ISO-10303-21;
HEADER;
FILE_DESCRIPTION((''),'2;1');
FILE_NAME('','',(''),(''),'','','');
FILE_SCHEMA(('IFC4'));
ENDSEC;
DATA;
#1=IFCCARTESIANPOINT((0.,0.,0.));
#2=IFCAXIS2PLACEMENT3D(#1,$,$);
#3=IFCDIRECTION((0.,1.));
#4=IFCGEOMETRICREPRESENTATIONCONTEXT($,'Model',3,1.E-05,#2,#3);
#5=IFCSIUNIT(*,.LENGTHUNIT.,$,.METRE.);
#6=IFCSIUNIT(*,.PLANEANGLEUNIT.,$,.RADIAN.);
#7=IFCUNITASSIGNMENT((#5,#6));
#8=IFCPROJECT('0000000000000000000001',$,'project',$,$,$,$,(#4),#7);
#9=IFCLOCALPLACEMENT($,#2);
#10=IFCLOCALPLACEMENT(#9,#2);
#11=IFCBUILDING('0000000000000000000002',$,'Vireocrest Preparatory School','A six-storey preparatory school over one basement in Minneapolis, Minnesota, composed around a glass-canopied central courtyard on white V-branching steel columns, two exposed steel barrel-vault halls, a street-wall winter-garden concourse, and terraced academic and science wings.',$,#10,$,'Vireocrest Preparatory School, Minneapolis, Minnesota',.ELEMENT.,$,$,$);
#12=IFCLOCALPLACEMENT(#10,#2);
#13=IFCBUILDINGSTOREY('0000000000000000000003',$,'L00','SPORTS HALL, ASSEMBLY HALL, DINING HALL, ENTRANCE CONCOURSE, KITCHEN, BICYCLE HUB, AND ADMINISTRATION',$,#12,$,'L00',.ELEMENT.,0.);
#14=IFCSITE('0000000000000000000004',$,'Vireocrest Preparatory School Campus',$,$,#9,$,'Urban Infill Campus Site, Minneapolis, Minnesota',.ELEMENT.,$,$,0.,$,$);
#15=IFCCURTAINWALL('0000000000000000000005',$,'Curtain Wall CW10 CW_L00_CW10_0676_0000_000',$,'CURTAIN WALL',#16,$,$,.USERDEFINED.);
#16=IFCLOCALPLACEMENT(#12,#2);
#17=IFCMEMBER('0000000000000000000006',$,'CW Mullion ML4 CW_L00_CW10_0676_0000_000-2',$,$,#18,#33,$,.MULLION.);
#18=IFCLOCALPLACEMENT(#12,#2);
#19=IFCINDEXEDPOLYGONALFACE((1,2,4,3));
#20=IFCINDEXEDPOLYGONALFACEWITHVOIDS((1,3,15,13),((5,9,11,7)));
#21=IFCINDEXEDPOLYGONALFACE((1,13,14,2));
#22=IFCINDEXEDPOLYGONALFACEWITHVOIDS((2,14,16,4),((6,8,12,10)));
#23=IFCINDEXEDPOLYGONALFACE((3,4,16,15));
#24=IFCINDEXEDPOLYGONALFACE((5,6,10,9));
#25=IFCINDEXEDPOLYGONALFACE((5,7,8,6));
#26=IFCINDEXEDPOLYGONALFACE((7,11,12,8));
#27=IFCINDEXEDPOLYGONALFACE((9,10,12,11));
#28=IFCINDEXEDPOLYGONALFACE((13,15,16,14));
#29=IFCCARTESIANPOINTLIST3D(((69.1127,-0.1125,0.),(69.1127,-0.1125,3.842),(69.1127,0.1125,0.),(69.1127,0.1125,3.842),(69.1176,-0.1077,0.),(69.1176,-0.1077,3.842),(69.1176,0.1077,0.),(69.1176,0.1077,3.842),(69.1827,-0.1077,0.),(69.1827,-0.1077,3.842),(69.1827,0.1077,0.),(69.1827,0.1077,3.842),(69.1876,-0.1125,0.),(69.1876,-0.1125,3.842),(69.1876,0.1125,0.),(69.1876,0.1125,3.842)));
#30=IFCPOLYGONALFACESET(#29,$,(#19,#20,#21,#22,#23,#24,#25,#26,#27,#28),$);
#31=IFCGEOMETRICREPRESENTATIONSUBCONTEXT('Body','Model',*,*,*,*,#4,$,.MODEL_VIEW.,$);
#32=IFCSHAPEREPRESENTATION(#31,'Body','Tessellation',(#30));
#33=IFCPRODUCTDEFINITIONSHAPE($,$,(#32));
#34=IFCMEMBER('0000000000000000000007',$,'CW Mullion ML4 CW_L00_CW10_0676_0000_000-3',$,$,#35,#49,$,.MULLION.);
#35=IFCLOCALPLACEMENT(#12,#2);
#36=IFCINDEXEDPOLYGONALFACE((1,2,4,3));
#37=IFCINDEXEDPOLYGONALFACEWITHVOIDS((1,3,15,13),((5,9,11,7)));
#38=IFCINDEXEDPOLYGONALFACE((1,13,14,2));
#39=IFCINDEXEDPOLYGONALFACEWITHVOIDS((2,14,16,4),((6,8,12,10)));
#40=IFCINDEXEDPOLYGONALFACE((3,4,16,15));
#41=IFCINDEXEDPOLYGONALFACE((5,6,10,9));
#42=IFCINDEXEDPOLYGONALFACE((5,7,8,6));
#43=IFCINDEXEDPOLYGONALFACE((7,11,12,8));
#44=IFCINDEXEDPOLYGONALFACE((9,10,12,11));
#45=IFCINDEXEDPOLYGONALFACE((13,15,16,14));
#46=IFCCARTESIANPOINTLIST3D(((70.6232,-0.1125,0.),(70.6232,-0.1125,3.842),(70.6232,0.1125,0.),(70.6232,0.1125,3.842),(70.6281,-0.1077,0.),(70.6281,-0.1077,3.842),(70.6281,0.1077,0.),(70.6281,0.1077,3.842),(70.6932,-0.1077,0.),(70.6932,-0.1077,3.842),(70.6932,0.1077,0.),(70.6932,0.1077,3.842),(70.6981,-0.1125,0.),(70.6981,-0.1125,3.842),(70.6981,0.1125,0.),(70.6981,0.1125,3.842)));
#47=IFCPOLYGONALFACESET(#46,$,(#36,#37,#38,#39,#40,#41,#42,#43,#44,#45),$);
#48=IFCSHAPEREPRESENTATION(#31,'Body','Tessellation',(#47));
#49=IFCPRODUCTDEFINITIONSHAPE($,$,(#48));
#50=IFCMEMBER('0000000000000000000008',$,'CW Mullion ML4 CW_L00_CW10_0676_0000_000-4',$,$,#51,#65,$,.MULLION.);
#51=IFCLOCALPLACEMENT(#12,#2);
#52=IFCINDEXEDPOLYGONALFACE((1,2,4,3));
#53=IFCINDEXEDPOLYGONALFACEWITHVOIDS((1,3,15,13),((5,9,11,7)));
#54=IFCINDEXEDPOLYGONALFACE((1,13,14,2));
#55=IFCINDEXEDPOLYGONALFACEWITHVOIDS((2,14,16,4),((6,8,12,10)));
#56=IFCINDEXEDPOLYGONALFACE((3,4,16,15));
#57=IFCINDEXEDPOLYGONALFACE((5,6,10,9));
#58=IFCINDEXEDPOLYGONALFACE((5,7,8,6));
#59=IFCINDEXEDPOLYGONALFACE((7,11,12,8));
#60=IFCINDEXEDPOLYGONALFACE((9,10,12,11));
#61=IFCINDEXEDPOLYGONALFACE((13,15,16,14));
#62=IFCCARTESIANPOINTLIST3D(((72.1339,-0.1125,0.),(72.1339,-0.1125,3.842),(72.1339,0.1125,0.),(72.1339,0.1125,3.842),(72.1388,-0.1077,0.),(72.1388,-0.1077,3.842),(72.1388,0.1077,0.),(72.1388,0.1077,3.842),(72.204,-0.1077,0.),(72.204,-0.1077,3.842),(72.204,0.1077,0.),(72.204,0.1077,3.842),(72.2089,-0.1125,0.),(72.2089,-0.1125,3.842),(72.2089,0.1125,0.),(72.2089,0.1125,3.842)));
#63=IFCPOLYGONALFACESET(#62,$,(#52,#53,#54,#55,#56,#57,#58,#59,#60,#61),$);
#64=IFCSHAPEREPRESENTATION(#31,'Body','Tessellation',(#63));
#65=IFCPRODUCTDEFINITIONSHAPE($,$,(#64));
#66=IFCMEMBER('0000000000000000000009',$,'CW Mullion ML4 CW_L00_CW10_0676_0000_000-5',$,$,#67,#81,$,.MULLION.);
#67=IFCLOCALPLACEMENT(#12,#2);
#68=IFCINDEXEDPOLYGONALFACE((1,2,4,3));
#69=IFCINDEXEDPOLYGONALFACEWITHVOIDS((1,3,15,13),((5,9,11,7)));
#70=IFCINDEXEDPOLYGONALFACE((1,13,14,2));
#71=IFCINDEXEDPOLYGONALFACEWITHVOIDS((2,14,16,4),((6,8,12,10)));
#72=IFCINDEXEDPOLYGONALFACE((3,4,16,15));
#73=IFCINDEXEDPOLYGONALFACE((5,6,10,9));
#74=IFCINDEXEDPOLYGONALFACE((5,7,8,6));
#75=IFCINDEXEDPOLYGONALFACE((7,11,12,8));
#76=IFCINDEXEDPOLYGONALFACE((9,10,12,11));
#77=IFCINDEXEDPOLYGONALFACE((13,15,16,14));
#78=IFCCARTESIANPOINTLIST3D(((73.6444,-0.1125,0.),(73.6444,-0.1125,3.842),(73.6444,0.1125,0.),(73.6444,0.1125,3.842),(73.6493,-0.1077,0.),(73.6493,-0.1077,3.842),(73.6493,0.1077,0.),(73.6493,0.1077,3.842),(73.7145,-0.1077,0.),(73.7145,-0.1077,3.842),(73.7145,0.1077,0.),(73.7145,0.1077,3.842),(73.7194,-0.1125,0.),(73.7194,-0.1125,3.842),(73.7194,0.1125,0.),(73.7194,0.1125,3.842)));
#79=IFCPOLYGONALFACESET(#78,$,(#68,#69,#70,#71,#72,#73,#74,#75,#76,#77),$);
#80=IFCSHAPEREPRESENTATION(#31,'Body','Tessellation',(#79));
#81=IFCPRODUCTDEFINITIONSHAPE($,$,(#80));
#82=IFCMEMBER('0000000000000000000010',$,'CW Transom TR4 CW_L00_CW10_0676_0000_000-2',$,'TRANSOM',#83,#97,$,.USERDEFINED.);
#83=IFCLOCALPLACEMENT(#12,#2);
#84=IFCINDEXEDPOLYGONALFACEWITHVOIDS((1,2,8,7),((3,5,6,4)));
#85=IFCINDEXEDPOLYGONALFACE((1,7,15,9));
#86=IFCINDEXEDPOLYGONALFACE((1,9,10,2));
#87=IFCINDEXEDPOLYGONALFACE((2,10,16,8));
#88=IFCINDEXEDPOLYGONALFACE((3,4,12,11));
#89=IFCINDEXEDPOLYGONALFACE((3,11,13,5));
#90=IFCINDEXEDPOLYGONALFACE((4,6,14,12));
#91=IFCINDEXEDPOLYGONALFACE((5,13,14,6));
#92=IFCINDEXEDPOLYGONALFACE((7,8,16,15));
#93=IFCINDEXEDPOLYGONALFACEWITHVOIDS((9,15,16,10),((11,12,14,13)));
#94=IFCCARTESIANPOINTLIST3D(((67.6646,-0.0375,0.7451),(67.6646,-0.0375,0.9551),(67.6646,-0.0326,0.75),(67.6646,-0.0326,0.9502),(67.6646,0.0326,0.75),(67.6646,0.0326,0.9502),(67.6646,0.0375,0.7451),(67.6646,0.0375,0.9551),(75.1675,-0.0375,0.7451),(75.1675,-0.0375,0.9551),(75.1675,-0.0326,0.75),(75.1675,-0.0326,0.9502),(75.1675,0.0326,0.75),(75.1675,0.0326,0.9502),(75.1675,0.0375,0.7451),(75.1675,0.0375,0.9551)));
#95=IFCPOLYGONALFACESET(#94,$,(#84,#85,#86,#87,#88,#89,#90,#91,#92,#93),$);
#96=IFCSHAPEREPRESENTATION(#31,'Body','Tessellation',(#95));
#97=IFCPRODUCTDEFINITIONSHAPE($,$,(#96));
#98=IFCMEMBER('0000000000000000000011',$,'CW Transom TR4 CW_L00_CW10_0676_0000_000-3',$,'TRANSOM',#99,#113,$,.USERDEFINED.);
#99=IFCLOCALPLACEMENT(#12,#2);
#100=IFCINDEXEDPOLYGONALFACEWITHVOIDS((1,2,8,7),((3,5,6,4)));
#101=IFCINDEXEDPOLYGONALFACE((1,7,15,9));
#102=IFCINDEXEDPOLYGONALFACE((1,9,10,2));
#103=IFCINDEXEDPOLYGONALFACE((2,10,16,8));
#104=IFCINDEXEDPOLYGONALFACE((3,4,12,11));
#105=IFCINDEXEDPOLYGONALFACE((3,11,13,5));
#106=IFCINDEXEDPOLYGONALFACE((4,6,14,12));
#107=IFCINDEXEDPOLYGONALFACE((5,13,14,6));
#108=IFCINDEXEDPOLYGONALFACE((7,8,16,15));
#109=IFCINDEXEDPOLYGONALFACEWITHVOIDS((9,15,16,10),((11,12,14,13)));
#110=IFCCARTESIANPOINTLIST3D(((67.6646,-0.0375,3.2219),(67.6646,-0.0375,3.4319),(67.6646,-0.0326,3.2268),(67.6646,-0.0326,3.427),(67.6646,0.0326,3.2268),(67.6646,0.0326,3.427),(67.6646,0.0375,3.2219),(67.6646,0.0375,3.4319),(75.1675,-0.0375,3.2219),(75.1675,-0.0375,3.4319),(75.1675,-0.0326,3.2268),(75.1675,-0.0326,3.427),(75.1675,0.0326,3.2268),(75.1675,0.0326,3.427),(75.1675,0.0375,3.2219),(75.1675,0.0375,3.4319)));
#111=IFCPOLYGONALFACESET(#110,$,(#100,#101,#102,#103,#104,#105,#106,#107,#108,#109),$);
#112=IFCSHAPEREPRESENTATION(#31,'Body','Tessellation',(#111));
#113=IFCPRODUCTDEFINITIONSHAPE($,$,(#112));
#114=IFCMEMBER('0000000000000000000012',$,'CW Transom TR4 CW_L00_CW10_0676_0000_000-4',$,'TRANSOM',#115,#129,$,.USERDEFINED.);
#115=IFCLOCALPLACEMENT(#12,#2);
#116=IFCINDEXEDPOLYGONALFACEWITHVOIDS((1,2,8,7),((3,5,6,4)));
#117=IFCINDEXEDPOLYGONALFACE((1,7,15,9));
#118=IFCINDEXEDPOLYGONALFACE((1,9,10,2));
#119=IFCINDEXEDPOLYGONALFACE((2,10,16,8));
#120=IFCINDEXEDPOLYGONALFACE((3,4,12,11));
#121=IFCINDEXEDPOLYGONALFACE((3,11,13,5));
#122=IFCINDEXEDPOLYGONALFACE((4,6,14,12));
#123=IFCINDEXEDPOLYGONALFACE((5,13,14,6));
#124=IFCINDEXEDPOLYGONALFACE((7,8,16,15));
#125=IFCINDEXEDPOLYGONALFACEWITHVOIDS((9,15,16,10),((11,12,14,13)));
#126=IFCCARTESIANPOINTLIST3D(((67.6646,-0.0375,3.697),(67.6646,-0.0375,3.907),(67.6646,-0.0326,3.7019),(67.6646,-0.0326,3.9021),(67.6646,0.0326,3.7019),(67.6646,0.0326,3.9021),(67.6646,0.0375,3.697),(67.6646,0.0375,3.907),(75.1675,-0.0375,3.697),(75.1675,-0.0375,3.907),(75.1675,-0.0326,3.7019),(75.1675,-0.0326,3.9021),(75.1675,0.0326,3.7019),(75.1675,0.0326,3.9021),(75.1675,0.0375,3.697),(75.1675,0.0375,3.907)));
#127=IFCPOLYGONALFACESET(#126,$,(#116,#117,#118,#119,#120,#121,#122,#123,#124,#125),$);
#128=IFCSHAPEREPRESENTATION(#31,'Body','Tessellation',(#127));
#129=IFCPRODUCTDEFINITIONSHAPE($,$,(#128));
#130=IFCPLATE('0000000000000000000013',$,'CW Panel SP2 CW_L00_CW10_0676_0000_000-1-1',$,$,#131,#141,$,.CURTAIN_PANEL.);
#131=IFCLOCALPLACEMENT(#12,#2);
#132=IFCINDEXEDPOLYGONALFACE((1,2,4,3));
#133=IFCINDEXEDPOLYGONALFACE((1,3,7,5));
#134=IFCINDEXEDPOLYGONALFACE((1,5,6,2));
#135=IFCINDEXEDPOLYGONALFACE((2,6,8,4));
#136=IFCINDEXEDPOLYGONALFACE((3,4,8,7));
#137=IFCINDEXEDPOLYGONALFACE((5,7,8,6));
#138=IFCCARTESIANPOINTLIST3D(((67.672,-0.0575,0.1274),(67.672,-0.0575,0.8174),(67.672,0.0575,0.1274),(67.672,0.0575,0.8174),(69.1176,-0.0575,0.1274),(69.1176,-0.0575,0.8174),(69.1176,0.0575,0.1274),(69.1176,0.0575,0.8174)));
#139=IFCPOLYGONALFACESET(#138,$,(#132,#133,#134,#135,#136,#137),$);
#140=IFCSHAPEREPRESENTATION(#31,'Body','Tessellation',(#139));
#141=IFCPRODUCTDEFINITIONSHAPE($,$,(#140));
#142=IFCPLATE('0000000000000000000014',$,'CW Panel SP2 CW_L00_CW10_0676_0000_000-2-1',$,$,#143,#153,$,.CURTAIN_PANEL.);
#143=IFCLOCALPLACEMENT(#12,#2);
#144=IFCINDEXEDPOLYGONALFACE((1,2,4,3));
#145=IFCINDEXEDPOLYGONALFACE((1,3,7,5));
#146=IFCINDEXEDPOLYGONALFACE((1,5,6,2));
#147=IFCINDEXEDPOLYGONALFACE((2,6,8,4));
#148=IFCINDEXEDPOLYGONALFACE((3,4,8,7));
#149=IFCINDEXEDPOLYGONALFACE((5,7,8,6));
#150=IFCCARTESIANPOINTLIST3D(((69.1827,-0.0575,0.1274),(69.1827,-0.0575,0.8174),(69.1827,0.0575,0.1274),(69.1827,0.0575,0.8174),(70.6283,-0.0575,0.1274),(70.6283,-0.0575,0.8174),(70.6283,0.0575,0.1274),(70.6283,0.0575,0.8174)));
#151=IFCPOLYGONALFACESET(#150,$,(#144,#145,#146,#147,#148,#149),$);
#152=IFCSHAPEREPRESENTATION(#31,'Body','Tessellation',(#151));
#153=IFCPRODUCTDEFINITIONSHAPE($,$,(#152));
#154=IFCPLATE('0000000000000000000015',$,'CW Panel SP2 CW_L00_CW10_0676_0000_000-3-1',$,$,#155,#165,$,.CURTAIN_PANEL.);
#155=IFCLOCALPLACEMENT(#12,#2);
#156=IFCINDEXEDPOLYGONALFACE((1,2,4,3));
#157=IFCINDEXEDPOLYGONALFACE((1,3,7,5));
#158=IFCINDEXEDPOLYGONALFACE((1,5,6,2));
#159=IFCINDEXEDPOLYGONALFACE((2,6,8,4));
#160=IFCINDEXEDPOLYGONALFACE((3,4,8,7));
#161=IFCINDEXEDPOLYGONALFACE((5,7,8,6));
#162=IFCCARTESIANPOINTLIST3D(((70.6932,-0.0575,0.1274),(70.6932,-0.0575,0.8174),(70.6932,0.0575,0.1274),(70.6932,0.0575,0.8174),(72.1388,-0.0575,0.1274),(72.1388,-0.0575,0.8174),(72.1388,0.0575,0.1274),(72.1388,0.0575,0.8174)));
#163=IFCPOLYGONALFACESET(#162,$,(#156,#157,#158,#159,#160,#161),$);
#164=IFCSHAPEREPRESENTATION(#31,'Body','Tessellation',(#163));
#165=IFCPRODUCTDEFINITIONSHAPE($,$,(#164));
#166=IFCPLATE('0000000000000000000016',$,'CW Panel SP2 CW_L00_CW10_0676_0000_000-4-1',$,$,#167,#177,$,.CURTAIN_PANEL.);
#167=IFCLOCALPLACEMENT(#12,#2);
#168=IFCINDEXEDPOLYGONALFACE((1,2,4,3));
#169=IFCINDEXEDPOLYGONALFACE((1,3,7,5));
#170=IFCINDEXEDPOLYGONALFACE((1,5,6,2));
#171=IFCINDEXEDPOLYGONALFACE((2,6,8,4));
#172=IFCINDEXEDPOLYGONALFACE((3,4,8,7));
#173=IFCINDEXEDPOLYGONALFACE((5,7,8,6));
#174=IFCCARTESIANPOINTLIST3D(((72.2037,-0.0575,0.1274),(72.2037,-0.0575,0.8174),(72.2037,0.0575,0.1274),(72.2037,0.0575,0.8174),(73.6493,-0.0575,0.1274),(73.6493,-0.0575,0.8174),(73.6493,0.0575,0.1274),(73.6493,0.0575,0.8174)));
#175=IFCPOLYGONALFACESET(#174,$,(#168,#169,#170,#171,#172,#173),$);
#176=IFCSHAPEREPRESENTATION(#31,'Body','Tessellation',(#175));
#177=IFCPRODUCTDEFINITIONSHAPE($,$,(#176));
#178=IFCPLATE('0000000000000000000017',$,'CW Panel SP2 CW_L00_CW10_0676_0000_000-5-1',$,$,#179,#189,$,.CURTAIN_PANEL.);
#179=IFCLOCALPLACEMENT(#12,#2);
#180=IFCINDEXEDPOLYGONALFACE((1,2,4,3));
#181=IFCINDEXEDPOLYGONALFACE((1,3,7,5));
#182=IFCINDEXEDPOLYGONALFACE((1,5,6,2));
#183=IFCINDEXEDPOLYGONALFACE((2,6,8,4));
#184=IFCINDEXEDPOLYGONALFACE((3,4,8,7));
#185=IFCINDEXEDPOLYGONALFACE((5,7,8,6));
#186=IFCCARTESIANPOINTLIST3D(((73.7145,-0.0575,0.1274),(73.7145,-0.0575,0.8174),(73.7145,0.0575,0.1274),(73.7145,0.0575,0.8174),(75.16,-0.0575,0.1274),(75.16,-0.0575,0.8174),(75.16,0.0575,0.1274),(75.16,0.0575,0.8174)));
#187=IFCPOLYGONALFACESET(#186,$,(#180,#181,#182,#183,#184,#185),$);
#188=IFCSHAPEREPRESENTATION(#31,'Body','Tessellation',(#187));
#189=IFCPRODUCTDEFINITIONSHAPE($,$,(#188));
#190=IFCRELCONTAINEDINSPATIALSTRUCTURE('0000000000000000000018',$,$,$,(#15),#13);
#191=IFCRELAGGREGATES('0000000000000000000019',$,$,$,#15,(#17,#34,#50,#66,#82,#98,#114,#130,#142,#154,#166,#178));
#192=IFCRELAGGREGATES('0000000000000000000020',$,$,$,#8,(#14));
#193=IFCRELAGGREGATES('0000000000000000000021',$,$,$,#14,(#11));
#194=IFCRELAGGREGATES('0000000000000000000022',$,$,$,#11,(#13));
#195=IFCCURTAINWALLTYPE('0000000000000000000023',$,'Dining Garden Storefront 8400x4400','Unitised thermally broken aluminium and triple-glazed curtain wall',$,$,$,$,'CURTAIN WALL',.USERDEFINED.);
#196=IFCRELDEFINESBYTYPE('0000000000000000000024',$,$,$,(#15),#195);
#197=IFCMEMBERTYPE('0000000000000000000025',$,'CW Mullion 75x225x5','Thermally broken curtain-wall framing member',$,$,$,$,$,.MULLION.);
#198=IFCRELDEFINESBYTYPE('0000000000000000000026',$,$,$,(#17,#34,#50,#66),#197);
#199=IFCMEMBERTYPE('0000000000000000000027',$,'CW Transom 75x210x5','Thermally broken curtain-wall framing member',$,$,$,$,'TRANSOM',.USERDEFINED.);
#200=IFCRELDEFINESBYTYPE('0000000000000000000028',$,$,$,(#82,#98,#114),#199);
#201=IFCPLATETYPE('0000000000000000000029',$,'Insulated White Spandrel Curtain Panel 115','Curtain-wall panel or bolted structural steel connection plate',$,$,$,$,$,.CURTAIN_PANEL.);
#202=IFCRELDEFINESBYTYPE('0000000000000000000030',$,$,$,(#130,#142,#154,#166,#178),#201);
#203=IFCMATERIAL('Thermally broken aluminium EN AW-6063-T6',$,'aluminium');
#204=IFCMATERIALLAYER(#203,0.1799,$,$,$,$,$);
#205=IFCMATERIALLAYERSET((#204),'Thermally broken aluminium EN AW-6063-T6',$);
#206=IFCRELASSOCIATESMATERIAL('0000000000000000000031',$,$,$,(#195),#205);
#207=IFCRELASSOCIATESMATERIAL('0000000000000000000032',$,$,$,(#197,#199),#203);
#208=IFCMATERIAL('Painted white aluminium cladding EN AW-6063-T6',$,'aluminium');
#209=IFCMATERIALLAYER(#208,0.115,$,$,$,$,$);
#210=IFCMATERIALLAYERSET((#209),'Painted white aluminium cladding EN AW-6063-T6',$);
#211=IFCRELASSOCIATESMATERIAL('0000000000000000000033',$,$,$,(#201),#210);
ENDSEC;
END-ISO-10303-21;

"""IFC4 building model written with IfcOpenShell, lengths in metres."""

from ifc_helpers import new_model, si_unit, direction, frame, origin, origin_2d, place, context, subcontext, project, spatial, rectangle, hollow_rectangle, extrude, material, layer, layer_set, material_profile, profile_set, type_object, element, aggregate, save


model = new_model("IFC4")

# Units and contexts
model_context = context("Model", 3, precision=1e-05, world=origin(), true_north=direction((0.0, 1.0)))
body_context = subcontext(model_context, "Body", "Model", "MODEL_VIEW")
ifc_project = project(units=[si_unit("LENGTHUNIT", "METRE"), si_unit("PLANEANGLEUNIT", "RADIAN")], contexts=[model_context])

# Site, building, storey
site_placement = place(None, origin())
site = spatial("IfcSite", under=ifc_project, at=site_placement, Name="Vireocrest Preparatory School Campus", LongName="Urban Infill Campus Site, Minneapolis, Minnesota", CompositionType="ELEMENT", RefElevation=0.0)
building_placement = place(site_placement, origin())
building = spatial("IfcBuilding", under=site, at=building_placement, Name="Vireocrest Preparatory School", Description="A six-storey preparatory school over one basement in Minneapolis, Minnesota, composed around a glass-canopied central courtyard on white V-branching steel columns, two exposed steel barrel-vault halls, a street-wall winter-garden concourse, and terraced academic and science wings.", LongName="Vireocrest Preparatory School, Minneapolis, Minnesota", CompositionType="ELEMENT")
storey_placement = place(building_placement, origin())
storey = spatial("IfcBuildingStorey", under=building, at=storey_placement, Name="L00", Description="SPORTS HALL, ASSEMBLY HALL, DINING HALL, ENTRANCE CONCOURSE, KITCHEN, BICYCLE HUB, AND ADMINISTRATION", LongName="L00", CompositionType="ELEMENT", Elevation=0.0)

# Curtain wall, members, plates
ifc_material_1 = material(Name="Thermally broken aluminium EN AW-6063-T6", Category="aluminium")
ifc_layer_1 = layer(ifc_material_1, 0.1799)
ifc_layer_set_1 = layer_set([ifc_layer_1], Name="Thermally broken aluminium EN AW-6063-T6")
curtain_wall_type = type_object("IfcCurtainWallType", Name="Dining Garden Storefront 8400x4400", Description="Unitised thermally broken aluminium and triple-glazed curtain wall", ElementType="CURTAIN WALL", PredefinedType="USERDEFINED", material=ifc_layer_set_1)
curtain_wall_placement = place(storey_placement, origin())
curtain_wall = element("IfcCurtainWall", 1, at=curtain_wall_placement, inside=storey, type_object=curtain_wall_type, Name="Curtain Wall CW10 CW_L00_CW10_0676_0000_000", ObjectType="CURTAIN WALL", PredefinedType="USERDEFINED")
ifc_material_profile_1 = material_profile(ifc_material_1, hollow_rectangle(XDim=0.075, YDim=0.2251, WallThickness=0.0049, at=origin_2d()), Name="ALU 75x225x5")
ifc_profile_set_1 = profile_set([ifc_material_profile_1], Name="Thermally broken aluminium EN AW-6063-T6")
member_type_1 = type_object("IfcMemberType", Name="CW Mullion 75x225x5", Description="Thermally broken curtain-wall framing member", PredefinedType="MULLION", material=ifc_profile_set_1)
member_1_placement = place(storey_placement, frame((69.1501, 0.0, 0.0), z_axis=(0.0, 0.0, 1.0), x_axis=(1.0, 0.0, 0.0)))
member_1 = element("IfcMember", 2, at=member_1_placement, type_object=member_type_1, Name="CW Mullion ML4 CW_L00_CW10_0676_0000_000-2", PredefinedType="MULLION", context=body_context, shape_type="SweptSolid", body=[
    extrude(hollow_rectangle(XDim=0.075, YDim=0.2251, WallThickness=0.0049, at=origin_2d()), origin(), (0.0, 0.0, 1.0), 3.842),
])
member_2_placement = place(storey_placement, frame((70.6606, 0.0, 0.0), z_axis=(0.0, 0.0, 1.0), x_axis=(1.0, 0.0, 0.0)))
member_2 = element("IfcMember", 3, at=member_2_placement, type_object=member_type_1, Name="CW Mullion ML4 CW_L00_CW10_0676_0000_000-3", PredefinedType="MULLION", context=body_context, shape_type="SweptSolid", body=[
    extrude(hollow_rectangle(XDim=0.075, YDim=0.2251, WallThickness=0.0049, at=origin_2d()), origin(), (0.0, 0.0, 1.0), 3.842),
])
member_3_placement = place(storey_placement, frame((72.1714, 0.0, 0.0), z_axis=(0.0, 0.0, 1.0), x_axis=(1.0, 0.0, 0.0)))
member_3 = element("IfcMember", 4, at=member_3_placement, type_object=member_type_1, Name="CW Mullion ML4 CW_L00_CW10_0676_0000_000-4", PredefinedType="MULLION", context=body_context, shape_type="SweptSolid", body=[
    extrude(hollow_rectangle(XDim=0.075, YDim=0.2251, WallThickness=0.0049, at=origin_2d()), origin(), (0.0, 0.0, 1.0), 3.842),
])
member_4_placement = place(storey_placement, frame((73.6819, 0.0, 0.0), z_axis=(0.0, 0.0, 1.0), x_axis=(1.0, 0.0, 0.0)))
member_4 = element("IfcMember", 5, at=member_4_placement, type_object=member_type_1, Name="CW Mullion ML4 CW_L00_CW10_0676_0000_000-5", PredefinedType="MULLION", context=body_context, shape_type="SweptSolid", body=[
    extrude(hollow_rectangle(XDim=0.075, YDim=0.2251, WallThickness=0.0049, at=origin_2d()), origin(), (0.0, 0.0, 1.0), 3.842),
])
ifc_material_profile_2 = material_profile(ifc_material_1, hollow_rectangle(XDim=0.075, YDim=0.21, WallThickness=0.0049, at=origin_2d()), Name="ALU 75x210x5")
ifc_profile_set_2 = profile_set([ifc_material_profile_2], Name="Thermally broken aluminium EN AW-6063-T6")
member_type_2 = type_object("IfcMemberType", Name="CW Transom 75x210x5", Description="Thermally broken curtain-wall framing member", ElementType="TRANSOM", PredefinedType="USERDEFINED", material=ifc_profile_set_2)
member_5_placement = place(storey_placement, frame((67.6646, 0.0, 0.8501), z_axis=(1.0, 0.0, 0.0), x_axis=(0.0, 1.0, 0.0)))
member_5 = element("IfcMember", 6, at=member_5_placement, type_object=member_type_2, Name="CW Transom TR4 CW_L00_CW10_0676_0000_000-2", ObjectType="TRANSOM", PredefinedType="USERDEFINED", context=body_context, shape_type="SweptSolid", body=[
    extrude(hollow_rectangle(XDim=0.075, YDim=0.21, WallThickness=0.0049, at=origin_2d()), origin(), (0.0, 0.0, 1.0), 7.5029),
])
member_6_placement = place(storey_placement, frame((67.6646, 0.0, 3.3269), z_axis=(1.0, 0.0, 0.0), x_axis=(0.0, 1.0, 0.0)))
member_6 = element("IfcMember", 7, at=member_6_placement, type_object=member_type_2, Name="CW Transom TR4 CW_L00_CW10_0676_0000_000-3", ObjectType="TRANSOM", PredefinedType="USERDEFINED", context=body_context, shape_type="SweptSolid", body=[
    extrude(hollow_rectangle(XDim=0.075, YDim=0.21, WallThickness=0.0049, at=origin_2d()), origin(), (0.0, 0.0, 1.0), 7.5029),
])
member_7_placement = place(storey_placement, frame((67.6646, 0.0, 3.802), z_axis=(1.0, 0.0, 0.0), x_axis=(0.0, 1.0, 0.0)))
member_7 = element("IfcMember", 8, at=member_7_placement, type_object=member_type_2, Name="CW Transom TR4 CW_L00_CW10_0676_0000_000-4", ObjectType="TRANSOM", PredefinedType="USERDEFINED", context=body_context, shape_type="SweptSolid", body=[
    extrude(hollow_rectangle(XDim=0.075, YDim=0.21, WallThickness=0.0049, at=origin_2d()), origin(), (0.0, 0.0, 1.0), 7.5029),
])
ifc_material_2 = material(Name="Painted white aluminium cladding EN AW-6063-T6", Category="aluminium")
ifc_layer_2 = layer(ifc_material_2, 0.115)
ifc_layer_set_2 = layer_set([ifc_layer_2], Name="Painted white aluminium cladding EN AW-6063-T6")
plate_type_1 = type_object("IfcPlateType", Name="Insulated White Spandrel Curtain Panel 115", Description="Curtain-wall panel or bolted structural steel connection plate", PredefinedType="CURTAIN_PANEL", material=ifc_layer_set_2)
plate_1_placement = place(storey_placement, frame((68.3948, 0.0, 0.1274), z_axis=(0.0, 0.0, 1.0), x_axis=(1.0, 0.0, 0.0)))
plate_1 = element("IfcPlate", 9, at=plate_1_placement, type_object=plate_type_1, Name="CW Panel SP2 CW_L00_CW10_0676_0000_000-1-1", PredefinedType="CURTAIN_PANEL", context=body_context, shape_type="SweptSolid", body=[
    extrude(rectangle(XDim=1.4456, YDim=0.115, at=origin_2d()), origin(), (0.0, 0.0, 1.0), 0.6899),
])
plate_2_placement = place(storey_placement, frame((69.9055, 0.0, 0.1274), z_axis=(0.0, 0.0, 1.0), x_axis=(1.0, 0.0, 0.0)))
plate_2 = element("IfcPlate", 10, at=plate_2_placement, type_object=plate_type_1, Name="CW Panel SP2 CW_L00_CW10_0676_0000_000-2-1", PredefinedType="CURTAIN_PANEL", context=body_context, shape_type="SweptSolid", body=[
    extrude(rectangle(XDim=1.4456, YDim=0.115, at=origin_2d()), origin(), (0.0, 0.0, 1.0), 0.6899),
])
plate_3_placement = place(storey_placement, frame((71.416, 0.0, 0.1274), z_axis=(0.0, 0.0, 1.0), x_axis=(1.0, 0.0, 0.0)))
plate_3 = element("IfcPlate", 11, at=plate_3_placement, type_object=plate_type_1, Name="CW Panel SP2 CW_L00_CW10_0676_0000_000-3-1", PredefinedType="CURTAIN_PANEL", context=body_context, shape_type="SweptSolid", body=[
    extrude(rectangle(XDim=1.4456, YDim=0.115, at=origin_2d()), origin(), (0.0, 0.0, 1.0), 0.6899),
])
plate_4_placement = place(storey_placement, frame((72.9265, 0.0, 0.1274), z_axis=(0.0, 0.0, 1.0), x_axis=(1.0, 0.0, 0.0)))
plate_4 = element("IfcPlate", 12, at=plate_4_placement, type_object=plate_type_1, Name="CW Panel SP2 CW_L00_CW10_0676_0000_000-4-1", PredefinedType="CURTAIN_PANEL", context=body_context, shape_type="SweptSolid", body=[
    extrude(rectangle(XDim=1.4456, YDim=0.115, at=origin_2d()), origin(), (0.0, 0.0, 1.0), 0.6899),
])
plate_5_placement = place(storey_placement, frame((74.4373, 0.0, 0.1274), z_axis=(0.0, 0.0, 1.0), x_axis=(1.0, 0.0, 0.0)))
plate_5 = element("IfcPlate", 13, at=plate_5_placement, type_object=plate_type_1, Name="CW Panel SP2 CW_L00_CW10_0676_0000_000-5-1", PredefinedType="CURTAIN_PANEL", context=body_context, shape_type="SweptSolid", body=[
    extrude(rectangle(XDim=1.4456, YDim=0.115, at=origin_2d()), origin(), (0.0, 0.0, 1.0), 0.6899),
])
aggregate(curtain_wall, [member_1, member_2, member_3, member_4, member_5, member_6, member_7, plate_1, plate_2, plate_3, plate_4, plate_5])

save(model, "model.ifc")
